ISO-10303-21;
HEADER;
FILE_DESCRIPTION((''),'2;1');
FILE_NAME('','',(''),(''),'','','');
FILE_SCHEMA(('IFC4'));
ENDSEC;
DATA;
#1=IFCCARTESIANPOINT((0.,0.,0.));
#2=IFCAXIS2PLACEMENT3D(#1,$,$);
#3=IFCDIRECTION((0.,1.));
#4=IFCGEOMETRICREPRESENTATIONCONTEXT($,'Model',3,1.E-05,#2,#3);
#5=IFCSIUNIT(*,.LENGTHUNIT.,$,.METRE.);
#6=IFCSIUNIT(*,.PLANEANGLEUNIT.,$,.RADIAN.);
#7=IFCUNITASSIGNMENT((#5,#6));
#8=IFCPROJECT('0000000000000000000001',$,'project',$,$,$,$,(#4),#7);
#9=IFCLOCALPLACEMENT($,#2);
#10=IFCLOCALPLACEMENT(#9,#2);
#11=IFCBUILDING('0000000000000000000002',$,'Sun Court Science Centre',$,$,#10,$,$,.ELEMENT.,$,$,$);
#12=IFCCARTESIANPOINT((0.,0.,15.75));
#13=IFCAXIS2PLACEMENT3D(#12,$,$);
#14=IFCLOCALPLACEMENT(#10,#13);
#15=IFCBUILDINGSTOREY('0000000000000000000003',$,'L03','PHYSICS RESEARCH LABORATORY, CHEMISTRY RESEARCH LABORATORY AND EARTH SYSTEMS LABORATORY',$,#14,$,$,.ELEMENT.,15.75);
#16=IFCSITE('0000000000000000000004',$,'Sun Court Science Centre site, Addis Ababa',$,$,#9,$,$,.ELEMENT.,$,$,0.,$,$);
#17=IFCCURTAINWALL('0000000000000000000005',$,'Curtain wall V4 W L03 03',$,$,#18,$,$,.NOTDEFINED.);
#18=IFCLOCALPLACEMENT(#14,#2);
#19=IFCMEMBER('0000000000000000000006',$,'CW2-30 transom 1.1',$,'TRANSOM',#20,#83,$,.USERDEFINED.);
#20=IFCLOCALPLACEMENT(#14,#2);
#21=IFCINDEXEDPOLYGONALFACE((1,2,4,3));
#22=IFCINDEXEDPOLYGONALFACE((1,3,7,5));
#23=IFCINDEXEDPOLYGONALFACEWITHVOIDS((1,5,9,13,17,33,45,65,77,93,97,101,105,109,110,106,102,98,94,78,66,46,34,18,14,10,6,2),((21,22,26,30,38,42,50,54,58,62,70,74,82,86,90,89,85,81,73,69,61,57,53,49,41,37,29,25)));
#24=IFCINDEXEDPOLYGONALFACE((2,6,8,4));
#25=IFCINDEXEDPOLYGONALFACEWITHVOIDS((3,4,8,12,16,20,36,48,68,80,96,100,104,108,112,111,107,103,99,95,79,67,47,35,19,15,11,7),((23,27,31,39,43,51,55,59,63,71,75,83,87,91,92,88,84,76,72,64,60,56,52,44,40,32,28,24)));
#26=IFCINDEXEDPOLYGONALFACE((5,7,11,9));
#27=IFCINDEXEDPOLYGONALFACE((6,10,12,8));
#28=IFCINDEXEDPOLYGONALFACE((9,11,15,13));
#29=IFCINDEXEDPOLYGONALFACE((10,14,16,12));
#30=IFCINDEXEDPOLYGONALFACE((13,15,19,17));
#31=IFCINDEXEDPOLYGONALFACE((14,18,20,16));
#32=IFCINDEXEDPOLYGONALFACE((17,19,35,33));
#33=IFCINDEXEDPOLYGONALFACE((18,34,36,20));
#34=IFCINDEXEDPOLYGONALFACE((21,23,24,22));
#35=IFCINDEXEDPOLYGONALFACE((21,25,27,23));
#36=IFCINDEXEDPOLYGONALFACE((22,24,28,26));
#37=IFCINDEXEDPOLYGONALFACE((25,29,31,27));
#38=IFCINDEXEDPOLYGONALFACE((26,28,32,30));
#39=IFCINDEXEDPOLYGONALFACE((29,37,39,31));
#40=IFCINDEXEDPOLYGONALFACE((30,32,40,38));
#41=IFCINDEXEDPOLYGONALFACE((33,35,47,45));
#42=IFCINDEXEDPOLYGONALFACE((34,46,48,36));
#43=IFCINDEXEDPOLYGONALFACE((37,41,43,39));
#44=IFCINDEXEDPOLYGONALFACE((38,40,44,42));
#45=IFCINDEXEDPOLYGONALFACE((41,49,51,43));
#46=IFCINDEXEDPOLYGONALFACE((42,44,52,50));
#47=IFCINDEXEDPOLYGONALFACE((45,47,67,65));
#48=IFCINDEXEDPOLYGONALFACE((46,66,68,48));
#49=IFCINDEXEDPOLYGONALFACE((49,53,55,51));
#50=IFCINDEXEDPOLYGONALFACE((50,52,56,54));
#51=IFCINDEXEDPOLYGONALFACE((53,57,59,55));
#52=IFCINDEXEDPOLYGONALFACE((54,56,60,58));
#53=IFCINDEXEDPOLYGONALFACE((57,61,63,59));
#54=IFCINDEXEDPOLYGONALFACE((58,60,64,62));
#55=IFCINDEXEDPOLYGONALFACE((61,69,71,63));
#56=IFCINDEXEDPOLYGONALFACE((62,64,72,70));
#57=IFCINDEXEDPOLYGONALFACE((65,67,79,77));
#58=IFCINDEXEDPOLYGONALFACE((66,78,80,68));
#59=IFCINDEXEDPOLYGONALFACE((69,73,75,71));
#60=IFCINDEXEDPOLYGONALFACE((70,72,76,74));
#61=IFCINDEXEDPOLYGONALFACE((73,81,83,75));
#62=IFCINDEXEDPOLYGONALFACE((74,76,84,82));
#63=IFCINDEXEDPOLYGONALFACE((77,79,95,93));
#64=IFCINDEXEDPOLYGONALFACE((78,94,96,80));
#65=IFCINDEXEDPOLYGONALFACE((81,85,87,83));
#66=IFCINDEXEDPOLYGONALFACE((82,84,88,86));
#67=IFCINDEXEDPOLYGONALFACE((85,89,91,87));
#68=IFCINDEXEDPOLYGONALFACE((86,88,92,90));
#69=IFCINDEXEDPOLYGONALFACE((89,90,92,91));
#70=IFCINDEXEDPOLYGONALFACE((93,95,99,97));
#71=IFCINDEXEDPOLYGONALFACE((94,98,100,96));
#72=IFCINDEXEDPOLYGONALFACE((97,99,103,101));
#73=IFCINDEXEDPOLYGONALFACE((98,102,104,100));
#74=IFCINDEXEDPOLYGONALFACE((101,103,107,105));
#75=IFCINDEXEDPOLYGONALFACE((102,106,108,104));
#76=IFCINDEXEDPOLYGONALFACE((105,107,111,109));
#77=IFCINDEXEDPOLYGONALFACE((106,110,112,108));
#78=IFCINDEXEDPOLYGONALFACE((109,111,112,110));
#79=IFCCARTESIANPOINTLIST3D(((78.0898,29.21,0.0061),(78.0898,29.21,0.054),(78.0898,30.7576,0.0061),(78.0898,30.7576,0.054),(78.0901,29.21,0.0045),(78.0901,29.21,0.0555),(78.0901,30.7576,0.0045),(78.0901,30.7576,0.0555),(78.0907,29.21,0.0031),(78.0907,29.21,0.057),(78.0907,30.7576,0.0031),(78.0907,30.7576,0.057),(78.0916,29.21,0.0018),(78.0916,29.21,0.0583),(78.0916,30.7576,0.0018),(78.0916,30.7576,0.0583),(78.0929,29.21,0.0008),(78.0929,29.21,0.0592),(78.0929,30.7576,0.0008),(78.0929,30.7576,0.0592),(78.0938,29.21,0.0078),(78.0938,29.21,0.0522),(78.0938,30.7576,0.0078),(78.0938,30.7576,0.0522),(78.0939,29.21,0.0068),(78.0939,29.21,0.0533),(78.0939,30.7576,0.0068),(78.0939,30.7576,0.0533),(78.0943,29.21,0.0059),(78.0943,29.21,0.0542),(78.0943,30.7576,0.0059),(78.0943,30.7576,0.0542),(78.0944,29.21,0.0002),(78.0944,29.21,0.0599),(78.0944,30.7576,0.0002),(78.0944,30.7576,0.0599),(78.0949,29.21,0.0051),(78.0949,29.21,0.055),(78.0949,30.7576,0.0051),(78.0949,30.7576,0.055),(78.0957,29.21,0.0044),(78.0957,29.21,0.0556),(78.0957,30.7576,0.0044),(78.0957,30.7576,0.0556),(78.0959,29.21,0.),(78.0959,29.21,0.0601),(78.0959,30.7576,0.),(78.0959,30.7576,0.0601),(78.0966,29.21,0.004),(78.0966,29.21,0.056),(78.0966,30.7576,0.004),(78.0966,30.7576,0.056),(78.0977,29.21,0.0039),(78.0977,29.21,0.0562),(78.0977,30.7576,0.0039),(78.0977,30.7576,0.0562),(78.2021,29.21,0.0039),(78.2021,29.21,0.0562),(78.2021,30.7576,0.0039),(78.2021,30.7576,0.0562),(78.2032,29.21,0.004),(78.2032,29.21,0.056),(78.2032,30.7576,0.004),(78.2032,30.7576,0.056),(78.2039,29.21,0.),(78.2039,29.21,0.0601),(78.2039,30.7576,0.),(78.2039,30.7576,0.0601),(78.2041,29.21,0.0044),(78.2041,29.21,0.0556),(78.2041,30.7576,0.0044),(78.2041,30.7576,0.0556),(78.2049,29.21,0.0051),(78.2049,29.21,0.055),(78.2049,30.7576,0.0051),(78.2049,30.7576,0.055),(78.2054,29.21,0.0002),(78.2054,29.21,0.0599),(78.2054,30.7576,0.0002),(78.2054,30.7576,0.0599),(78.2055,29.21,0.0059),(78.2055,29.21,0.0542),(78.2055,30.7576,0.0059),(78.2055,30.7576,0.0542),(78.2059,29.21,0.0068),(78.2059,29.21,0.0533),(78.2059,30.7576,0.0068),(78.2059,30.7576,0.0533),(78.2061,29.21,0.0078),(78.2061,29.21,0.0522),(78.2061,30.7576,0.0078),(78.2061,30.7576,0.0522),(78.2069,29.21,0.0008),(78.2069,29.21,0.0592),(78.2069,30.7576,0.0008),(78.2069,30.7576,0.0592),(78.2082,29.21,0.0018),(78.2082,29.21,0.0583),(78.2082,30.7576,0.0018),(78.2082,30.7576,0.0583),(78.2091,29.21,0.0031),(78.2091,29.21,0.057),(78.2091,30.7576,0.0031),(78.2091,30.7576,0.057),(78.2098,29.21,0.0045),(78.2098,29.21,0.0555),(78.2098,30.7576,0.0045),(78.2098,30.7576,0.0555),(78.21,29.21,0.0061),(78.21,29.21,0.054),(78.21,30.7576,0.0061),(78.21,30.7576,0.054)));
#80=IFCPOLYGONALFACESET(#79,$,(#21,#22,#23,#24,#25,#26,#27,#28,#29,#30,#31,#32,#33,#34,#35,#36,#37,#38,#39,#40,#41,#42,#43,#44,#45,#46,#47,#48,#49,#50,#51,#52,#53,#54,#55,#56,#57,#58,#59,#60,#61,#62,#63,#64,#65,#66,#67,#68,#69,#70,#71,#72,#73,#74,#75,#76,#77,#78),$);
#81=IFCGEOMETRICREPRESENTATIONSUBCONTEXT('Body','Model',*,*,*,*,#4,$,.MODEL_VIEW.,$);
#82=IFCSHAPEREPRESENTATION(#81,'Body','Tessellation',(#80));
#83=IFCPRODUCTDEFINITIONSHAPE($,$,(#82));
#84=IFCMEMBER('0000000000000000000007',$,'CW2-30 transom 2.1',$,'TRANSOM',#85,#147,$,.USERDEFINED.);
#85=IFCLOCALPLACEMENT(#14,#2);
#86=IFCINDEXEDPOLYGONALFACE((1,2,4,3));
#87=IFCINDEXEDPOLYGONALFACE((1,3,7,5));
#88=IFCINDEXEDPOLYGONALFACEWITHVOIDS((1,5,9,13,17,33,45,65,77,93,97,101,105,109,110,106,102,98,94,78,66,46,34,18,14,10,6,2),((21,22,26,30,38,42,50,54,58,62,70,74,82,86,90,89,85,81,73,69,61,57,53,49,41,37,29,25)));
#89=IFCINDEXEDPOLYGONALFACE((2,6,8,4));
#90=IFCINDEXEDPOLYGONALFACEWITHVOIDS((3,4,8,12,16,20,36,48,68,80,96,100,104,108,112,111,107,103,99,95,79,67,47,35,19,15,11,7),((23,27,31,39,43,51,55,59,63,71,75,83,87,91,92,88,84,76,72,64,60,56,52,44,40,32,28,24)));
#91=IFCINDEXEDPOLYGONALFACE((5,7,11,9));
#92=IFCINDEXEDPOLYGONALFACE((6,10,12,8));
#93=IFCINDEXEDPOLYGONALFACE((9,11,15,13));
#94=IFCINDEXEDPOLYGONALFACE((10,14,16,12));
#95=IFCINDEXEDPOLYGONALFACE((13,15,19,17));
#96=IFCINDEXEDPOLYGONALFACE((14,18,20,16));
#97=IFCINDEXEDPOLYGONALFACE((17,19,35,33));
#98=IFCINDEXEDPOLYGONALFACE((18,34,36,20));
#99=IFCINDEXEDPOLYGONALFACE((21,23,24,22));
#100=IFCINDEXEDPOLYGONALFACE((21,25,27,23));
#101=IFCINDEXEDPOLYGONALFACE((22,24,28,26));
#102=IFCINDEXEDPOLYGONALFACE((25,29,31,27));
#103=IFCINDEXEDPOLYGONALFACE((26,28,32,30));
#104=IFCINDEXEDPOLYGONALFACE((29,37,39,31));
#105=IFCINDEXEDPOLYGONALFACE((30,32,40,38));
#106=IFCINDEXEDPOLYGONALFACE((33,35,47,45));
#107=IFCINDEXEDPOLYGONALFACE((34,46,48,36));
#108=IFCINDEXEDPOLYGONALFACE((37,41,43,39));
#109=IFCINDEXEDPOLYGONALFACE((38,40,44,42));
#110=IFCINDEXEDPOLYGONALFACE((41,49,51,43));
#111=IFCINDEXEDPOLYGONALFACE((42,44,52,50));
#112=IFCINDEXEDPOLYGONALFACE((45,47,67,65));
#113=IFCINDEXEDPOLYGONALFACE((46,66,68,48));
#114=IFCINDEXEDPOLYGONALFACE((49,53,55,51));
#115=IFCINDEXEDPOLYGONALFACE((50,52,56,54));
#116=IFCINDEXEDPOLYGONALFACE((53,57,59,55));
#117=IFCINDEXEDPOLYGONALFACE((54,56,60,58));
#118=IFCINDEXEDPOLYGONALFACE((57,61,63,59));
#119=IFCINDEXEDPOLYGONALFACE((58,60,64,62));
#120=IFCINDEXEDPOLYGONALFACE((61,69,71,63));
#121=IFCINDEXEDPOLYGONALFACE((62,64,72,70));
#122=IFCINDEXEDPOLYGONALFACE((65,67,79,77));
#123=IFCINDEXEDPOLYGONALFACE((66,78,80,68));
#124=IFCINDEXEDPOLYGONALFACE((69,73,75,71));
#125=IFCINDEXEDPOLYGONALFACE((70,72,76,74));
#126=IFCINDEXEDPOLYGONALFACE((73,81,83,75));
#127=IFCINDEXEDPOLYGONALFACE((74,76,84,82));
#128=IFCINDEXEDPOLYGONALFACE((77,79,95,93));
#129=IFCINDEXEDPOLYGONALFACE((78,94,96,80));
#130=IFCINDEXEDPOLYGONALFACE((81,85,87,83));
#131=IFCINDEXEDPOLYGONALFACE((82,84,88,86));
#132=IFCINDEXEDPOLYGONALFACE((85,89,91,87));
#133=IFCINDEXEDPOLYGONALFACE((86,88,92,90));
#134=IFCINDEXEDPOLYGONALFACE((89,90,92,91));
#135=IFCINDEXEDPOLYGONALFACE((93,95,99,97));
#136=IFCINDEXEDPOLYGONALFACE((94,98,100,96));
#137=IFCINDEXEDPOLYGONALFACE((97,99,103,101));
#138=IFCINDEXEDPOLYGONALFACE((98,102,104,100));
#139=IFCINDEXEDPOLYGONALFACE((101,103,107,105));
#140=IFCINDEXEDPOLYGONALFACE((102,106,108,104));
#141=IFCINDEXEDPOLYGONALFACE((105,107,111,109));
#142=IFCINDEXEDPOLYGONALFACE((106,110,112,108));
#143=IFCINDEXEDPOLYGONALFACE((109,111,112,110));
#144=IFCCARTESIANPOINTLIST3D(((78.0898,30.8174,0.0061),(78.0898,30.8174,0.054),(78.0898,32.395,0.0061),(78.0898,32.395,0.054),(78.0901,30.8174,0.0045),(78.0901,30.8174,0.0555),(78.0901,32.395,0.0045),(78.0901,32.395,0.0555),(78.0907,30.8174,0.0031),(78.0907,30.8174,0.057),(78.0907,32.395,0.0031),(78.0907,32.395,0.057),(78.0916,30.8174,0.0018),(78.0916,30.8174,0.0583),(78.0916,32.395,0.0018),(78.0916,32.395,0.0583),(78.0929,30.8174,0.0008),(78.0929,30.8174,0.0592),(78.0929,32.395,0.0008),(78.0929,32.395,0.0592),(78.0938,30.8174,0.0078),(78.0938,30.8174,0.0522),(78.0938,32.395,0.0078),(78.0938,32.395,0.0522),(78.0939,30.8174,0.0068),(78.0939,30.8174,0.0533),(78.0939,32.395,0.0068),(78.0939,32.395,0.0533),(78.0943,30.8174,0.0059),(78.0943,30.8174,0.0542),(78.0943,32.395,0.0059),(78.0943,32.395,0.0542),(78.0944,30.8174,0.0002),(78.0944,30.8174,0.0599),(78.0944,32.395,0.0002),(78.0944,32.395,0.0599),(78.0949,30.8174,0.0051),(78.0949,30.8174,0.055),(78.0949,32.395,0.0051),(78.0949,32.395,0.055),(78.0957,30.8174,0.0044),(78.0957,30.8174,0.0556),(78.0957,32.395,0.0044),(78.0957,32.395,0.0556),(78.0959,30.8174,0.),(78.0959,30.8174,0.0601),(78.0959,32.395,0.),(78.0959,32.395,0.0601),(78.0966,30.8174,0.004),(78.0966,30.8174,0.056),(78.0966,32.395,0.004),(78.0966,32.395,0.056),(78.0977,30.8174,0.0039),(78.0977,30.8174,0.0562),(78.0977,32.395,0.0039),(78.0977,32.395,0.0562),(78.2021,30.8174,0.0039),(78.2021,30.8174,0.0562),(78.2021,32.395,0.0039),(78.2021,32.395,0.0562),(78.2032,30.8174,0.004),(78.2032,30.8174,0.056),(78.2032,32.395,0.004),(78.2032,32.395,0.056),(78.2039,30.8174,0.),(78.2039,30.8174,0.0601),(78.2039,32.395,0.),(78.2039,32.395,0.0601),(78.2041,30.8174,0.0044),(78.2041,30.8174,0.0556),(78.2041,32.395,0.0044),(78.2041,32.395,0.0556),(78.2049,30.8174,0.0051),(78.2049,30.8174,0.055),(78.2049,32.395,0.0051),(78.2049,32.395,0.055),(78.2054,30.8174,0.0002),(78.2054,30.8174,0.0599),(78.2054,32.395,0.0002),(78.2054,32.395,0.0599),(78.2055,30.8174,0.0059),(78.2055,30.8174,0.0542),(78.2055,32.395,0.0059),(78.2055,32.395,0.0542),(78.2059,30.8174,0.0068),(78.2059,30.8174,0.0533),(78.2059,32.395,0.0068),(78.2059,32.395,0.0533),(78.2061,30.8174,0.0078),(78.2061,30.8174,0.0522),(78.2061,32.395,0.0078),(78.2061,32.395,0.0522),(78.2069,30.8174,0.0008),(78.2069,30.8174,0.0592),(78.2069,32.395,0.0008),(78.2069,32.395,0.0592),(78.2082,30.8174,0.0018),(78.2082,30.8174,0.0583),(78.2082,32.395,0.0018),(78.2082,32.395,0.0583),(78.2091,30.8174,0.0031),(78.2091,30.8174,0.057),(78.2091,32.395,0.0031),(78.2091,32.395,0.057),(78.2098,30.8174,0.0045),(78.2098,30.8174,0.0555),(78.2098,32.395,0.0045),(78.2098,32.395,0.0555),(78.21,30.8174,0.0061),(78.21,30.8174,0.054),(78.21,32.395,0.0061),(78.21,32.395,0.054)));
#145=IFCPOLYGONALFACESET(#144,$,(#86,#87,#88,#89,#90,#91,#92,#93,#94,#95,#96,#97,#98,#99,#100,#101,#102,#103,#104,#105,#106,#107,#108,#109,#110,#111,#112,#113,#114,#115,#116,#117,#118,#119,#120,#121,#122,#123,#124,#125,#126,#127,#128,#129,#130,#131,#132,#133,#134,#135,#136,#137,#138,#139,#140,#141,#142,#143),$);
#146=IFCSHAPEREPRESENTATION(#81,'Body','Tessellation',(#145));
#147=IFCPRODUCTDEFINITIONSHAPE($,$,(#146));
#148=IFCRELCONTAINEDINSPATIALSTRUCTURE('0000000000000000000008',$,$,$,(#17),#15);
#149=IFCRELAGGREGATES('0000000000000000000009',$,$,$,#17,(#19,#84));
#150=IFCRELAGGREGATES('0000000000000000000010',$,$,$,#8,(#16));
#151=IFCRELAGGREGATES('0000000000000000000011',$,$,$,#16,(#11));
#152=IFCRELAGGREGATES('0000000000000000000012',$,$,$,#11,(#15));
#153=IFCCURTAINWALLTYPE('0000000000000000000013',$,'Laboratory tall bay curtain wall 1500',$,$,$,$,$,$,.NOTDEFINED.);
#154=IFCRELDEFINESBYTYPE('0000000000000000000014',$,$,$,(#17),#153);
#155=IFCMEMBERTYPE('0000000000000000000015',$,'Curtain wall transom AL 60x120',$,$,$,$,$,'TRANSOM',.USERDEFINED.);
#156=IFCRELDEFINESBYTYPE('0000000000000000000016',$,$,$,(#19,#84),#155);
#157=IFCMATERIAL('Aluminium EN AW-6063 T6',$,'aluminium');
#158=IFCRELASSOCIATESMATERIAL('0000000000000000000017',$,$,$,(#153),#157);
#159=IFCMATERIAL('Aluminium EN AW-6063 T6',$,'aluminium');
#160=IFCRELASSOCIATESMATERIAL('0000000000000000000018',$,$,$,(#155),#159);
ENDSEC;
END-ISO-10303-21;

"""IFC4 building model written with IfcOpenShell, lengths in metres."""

from ifc_helpers import new_model, si_unit, direction, frame, origin, origin_2d, place, context, subcontext, project, spatial, hollow_rectangle, extrude, material, material_profile, profile_set, type_object, element, aggregate, save


model = new_model("IFC4")

# Units and contexts
model_context = context("Model", 3, precision=1e-05, world=origin(), true_north=direction((0.0, 1.0)))
body_context = subcontext(model_context, "Body", "Model", "MODEL_VIEW")
ifc_project = project(units=[si_unit("LENGTHUNIT", "METRE"), si_unit("PLANEANGLEUNIT", "RADIAN")], contexts=[model_context])

# Site, building, storey
site_placement = place(None, origin())
site = spatial("IfcSite", under=ifc_project, at=site_placement, Name="Sun Court Science Centre site, Addis Ababa", CompositionType="ELEMENT", RefElevation=0.0)
building_placement = place(site_placement, origin())
building = spatial("IfcBuilding", under=site, at=building_placement, Name="Sun Court Science Centre", CompositionType="ELEMENT")
storey_placement = place(building_placement, frame((0.0, 0.0, 15.75)))
storey = spatial("IfcBuildingStorey", under=building, at=storey_placement, Name="L03", Description="PHYSICS RESEARCH LABORATORY, CHEMISTRY RESEARCH LABORATORY AND EARTH SYSTEMS LABORATORY", CompositionType="ELEMENT", Elevation=15.75)

# Curtain wall
ifc_material_1 = material(Name="Aluminium EN AW-6063 T6", Category="aluminium")
curtain_wall_type = type_object("IfcCurtainWallType", Name="Laboratory tall bay curtain wall 1500", PredefinedType="NOTDEFINED", material=ifc_material_1)
curtain_wall_1_placement = place(storey_placement, origin())
curtain_wall_1 = element("IfcCurtainWall", 1, at=curtain_wall_1_placement, inside=storey, type_object=curtain_wall_type, Name="Curtain wall V4 W L03 03", PredefinedType="NOTDEFINED")

# Members
ifc_material_2 = material(Name="Aluminium EN AW-6063 T6", Category="aluminium")
ifc_material_profile_1 = material_profile(ifc_material_2, hollow_rectangle(XDim=0.0601, YDim=0.1201, WallThickness=0.0039, InnerFilletRadius=0.0039, OuterFilletRadius=0.0061, at=origin_2d()), Name="AL 60x120x4")
ifc_profile_set_1 = profile_set([ifc_material_profile_1], Name="Aluminium EN AW-6063 T6")
member_type_1 = type_object("IfcMemberType", Name="Curtain wall transom AL 60x120", ElementType="TRANSOM", PredefinedType="USERDEFINED", material=ifc_profile_set_1)
member_1_placement = place(storey_placement, frame((78.1499, 29.21, 0.03), z_axis=(0.0, 1.0, 0.0), x_axis=(0.0, 0.0, 1.0)))
member_1 = element("IfcMember", 2, at=member_1_placement, type_object=member_type_1, Name="CW2-30 transom 1.1", ObjectType="TRANSOM", PredefinedType="USERDEFINED", context=body_context, shape_type="SweptSolid", body=[
    extrude(hollow_rectangle(XDim=0.0601, YDim=0.1201, WallThickness=0.0039, InnerFilletRadius=0.0039, OuterFilletRadius=0.0061, at=origin_2d()), origin(), (0.0, 0.0, 1.0), 1.5476),
])
member_2_placement = place(storey_placement, frame((78.1499, 30.8174, 0.03), z_axis=(0.0, 1.0, 0.0), x_axis=(0.0, 0.0, 1.0)))
member_2 = element("IfcMember", 3, at=member_2_placement, type_object=member_type_1, Name="CW2-30 transom 2.1", ObjectType="TRANSOM", PredefinedType="USERDEFINED", context=body_context, shape_type="SweptSolid", body=[
    extrude(hollow_rectangle(XDim=0.0601, YDim=0.1201, WallThickness=0.0039, InnerFilletRadius=0.0039, OuterFilletRadius=0.0061, at=origin_2d()), origin(), (0.0, 0.0, 1.0), 1.5776),
])

aggregate(curtain_wall_1, [member_1, member_2])

save(model, "model.ifc")
